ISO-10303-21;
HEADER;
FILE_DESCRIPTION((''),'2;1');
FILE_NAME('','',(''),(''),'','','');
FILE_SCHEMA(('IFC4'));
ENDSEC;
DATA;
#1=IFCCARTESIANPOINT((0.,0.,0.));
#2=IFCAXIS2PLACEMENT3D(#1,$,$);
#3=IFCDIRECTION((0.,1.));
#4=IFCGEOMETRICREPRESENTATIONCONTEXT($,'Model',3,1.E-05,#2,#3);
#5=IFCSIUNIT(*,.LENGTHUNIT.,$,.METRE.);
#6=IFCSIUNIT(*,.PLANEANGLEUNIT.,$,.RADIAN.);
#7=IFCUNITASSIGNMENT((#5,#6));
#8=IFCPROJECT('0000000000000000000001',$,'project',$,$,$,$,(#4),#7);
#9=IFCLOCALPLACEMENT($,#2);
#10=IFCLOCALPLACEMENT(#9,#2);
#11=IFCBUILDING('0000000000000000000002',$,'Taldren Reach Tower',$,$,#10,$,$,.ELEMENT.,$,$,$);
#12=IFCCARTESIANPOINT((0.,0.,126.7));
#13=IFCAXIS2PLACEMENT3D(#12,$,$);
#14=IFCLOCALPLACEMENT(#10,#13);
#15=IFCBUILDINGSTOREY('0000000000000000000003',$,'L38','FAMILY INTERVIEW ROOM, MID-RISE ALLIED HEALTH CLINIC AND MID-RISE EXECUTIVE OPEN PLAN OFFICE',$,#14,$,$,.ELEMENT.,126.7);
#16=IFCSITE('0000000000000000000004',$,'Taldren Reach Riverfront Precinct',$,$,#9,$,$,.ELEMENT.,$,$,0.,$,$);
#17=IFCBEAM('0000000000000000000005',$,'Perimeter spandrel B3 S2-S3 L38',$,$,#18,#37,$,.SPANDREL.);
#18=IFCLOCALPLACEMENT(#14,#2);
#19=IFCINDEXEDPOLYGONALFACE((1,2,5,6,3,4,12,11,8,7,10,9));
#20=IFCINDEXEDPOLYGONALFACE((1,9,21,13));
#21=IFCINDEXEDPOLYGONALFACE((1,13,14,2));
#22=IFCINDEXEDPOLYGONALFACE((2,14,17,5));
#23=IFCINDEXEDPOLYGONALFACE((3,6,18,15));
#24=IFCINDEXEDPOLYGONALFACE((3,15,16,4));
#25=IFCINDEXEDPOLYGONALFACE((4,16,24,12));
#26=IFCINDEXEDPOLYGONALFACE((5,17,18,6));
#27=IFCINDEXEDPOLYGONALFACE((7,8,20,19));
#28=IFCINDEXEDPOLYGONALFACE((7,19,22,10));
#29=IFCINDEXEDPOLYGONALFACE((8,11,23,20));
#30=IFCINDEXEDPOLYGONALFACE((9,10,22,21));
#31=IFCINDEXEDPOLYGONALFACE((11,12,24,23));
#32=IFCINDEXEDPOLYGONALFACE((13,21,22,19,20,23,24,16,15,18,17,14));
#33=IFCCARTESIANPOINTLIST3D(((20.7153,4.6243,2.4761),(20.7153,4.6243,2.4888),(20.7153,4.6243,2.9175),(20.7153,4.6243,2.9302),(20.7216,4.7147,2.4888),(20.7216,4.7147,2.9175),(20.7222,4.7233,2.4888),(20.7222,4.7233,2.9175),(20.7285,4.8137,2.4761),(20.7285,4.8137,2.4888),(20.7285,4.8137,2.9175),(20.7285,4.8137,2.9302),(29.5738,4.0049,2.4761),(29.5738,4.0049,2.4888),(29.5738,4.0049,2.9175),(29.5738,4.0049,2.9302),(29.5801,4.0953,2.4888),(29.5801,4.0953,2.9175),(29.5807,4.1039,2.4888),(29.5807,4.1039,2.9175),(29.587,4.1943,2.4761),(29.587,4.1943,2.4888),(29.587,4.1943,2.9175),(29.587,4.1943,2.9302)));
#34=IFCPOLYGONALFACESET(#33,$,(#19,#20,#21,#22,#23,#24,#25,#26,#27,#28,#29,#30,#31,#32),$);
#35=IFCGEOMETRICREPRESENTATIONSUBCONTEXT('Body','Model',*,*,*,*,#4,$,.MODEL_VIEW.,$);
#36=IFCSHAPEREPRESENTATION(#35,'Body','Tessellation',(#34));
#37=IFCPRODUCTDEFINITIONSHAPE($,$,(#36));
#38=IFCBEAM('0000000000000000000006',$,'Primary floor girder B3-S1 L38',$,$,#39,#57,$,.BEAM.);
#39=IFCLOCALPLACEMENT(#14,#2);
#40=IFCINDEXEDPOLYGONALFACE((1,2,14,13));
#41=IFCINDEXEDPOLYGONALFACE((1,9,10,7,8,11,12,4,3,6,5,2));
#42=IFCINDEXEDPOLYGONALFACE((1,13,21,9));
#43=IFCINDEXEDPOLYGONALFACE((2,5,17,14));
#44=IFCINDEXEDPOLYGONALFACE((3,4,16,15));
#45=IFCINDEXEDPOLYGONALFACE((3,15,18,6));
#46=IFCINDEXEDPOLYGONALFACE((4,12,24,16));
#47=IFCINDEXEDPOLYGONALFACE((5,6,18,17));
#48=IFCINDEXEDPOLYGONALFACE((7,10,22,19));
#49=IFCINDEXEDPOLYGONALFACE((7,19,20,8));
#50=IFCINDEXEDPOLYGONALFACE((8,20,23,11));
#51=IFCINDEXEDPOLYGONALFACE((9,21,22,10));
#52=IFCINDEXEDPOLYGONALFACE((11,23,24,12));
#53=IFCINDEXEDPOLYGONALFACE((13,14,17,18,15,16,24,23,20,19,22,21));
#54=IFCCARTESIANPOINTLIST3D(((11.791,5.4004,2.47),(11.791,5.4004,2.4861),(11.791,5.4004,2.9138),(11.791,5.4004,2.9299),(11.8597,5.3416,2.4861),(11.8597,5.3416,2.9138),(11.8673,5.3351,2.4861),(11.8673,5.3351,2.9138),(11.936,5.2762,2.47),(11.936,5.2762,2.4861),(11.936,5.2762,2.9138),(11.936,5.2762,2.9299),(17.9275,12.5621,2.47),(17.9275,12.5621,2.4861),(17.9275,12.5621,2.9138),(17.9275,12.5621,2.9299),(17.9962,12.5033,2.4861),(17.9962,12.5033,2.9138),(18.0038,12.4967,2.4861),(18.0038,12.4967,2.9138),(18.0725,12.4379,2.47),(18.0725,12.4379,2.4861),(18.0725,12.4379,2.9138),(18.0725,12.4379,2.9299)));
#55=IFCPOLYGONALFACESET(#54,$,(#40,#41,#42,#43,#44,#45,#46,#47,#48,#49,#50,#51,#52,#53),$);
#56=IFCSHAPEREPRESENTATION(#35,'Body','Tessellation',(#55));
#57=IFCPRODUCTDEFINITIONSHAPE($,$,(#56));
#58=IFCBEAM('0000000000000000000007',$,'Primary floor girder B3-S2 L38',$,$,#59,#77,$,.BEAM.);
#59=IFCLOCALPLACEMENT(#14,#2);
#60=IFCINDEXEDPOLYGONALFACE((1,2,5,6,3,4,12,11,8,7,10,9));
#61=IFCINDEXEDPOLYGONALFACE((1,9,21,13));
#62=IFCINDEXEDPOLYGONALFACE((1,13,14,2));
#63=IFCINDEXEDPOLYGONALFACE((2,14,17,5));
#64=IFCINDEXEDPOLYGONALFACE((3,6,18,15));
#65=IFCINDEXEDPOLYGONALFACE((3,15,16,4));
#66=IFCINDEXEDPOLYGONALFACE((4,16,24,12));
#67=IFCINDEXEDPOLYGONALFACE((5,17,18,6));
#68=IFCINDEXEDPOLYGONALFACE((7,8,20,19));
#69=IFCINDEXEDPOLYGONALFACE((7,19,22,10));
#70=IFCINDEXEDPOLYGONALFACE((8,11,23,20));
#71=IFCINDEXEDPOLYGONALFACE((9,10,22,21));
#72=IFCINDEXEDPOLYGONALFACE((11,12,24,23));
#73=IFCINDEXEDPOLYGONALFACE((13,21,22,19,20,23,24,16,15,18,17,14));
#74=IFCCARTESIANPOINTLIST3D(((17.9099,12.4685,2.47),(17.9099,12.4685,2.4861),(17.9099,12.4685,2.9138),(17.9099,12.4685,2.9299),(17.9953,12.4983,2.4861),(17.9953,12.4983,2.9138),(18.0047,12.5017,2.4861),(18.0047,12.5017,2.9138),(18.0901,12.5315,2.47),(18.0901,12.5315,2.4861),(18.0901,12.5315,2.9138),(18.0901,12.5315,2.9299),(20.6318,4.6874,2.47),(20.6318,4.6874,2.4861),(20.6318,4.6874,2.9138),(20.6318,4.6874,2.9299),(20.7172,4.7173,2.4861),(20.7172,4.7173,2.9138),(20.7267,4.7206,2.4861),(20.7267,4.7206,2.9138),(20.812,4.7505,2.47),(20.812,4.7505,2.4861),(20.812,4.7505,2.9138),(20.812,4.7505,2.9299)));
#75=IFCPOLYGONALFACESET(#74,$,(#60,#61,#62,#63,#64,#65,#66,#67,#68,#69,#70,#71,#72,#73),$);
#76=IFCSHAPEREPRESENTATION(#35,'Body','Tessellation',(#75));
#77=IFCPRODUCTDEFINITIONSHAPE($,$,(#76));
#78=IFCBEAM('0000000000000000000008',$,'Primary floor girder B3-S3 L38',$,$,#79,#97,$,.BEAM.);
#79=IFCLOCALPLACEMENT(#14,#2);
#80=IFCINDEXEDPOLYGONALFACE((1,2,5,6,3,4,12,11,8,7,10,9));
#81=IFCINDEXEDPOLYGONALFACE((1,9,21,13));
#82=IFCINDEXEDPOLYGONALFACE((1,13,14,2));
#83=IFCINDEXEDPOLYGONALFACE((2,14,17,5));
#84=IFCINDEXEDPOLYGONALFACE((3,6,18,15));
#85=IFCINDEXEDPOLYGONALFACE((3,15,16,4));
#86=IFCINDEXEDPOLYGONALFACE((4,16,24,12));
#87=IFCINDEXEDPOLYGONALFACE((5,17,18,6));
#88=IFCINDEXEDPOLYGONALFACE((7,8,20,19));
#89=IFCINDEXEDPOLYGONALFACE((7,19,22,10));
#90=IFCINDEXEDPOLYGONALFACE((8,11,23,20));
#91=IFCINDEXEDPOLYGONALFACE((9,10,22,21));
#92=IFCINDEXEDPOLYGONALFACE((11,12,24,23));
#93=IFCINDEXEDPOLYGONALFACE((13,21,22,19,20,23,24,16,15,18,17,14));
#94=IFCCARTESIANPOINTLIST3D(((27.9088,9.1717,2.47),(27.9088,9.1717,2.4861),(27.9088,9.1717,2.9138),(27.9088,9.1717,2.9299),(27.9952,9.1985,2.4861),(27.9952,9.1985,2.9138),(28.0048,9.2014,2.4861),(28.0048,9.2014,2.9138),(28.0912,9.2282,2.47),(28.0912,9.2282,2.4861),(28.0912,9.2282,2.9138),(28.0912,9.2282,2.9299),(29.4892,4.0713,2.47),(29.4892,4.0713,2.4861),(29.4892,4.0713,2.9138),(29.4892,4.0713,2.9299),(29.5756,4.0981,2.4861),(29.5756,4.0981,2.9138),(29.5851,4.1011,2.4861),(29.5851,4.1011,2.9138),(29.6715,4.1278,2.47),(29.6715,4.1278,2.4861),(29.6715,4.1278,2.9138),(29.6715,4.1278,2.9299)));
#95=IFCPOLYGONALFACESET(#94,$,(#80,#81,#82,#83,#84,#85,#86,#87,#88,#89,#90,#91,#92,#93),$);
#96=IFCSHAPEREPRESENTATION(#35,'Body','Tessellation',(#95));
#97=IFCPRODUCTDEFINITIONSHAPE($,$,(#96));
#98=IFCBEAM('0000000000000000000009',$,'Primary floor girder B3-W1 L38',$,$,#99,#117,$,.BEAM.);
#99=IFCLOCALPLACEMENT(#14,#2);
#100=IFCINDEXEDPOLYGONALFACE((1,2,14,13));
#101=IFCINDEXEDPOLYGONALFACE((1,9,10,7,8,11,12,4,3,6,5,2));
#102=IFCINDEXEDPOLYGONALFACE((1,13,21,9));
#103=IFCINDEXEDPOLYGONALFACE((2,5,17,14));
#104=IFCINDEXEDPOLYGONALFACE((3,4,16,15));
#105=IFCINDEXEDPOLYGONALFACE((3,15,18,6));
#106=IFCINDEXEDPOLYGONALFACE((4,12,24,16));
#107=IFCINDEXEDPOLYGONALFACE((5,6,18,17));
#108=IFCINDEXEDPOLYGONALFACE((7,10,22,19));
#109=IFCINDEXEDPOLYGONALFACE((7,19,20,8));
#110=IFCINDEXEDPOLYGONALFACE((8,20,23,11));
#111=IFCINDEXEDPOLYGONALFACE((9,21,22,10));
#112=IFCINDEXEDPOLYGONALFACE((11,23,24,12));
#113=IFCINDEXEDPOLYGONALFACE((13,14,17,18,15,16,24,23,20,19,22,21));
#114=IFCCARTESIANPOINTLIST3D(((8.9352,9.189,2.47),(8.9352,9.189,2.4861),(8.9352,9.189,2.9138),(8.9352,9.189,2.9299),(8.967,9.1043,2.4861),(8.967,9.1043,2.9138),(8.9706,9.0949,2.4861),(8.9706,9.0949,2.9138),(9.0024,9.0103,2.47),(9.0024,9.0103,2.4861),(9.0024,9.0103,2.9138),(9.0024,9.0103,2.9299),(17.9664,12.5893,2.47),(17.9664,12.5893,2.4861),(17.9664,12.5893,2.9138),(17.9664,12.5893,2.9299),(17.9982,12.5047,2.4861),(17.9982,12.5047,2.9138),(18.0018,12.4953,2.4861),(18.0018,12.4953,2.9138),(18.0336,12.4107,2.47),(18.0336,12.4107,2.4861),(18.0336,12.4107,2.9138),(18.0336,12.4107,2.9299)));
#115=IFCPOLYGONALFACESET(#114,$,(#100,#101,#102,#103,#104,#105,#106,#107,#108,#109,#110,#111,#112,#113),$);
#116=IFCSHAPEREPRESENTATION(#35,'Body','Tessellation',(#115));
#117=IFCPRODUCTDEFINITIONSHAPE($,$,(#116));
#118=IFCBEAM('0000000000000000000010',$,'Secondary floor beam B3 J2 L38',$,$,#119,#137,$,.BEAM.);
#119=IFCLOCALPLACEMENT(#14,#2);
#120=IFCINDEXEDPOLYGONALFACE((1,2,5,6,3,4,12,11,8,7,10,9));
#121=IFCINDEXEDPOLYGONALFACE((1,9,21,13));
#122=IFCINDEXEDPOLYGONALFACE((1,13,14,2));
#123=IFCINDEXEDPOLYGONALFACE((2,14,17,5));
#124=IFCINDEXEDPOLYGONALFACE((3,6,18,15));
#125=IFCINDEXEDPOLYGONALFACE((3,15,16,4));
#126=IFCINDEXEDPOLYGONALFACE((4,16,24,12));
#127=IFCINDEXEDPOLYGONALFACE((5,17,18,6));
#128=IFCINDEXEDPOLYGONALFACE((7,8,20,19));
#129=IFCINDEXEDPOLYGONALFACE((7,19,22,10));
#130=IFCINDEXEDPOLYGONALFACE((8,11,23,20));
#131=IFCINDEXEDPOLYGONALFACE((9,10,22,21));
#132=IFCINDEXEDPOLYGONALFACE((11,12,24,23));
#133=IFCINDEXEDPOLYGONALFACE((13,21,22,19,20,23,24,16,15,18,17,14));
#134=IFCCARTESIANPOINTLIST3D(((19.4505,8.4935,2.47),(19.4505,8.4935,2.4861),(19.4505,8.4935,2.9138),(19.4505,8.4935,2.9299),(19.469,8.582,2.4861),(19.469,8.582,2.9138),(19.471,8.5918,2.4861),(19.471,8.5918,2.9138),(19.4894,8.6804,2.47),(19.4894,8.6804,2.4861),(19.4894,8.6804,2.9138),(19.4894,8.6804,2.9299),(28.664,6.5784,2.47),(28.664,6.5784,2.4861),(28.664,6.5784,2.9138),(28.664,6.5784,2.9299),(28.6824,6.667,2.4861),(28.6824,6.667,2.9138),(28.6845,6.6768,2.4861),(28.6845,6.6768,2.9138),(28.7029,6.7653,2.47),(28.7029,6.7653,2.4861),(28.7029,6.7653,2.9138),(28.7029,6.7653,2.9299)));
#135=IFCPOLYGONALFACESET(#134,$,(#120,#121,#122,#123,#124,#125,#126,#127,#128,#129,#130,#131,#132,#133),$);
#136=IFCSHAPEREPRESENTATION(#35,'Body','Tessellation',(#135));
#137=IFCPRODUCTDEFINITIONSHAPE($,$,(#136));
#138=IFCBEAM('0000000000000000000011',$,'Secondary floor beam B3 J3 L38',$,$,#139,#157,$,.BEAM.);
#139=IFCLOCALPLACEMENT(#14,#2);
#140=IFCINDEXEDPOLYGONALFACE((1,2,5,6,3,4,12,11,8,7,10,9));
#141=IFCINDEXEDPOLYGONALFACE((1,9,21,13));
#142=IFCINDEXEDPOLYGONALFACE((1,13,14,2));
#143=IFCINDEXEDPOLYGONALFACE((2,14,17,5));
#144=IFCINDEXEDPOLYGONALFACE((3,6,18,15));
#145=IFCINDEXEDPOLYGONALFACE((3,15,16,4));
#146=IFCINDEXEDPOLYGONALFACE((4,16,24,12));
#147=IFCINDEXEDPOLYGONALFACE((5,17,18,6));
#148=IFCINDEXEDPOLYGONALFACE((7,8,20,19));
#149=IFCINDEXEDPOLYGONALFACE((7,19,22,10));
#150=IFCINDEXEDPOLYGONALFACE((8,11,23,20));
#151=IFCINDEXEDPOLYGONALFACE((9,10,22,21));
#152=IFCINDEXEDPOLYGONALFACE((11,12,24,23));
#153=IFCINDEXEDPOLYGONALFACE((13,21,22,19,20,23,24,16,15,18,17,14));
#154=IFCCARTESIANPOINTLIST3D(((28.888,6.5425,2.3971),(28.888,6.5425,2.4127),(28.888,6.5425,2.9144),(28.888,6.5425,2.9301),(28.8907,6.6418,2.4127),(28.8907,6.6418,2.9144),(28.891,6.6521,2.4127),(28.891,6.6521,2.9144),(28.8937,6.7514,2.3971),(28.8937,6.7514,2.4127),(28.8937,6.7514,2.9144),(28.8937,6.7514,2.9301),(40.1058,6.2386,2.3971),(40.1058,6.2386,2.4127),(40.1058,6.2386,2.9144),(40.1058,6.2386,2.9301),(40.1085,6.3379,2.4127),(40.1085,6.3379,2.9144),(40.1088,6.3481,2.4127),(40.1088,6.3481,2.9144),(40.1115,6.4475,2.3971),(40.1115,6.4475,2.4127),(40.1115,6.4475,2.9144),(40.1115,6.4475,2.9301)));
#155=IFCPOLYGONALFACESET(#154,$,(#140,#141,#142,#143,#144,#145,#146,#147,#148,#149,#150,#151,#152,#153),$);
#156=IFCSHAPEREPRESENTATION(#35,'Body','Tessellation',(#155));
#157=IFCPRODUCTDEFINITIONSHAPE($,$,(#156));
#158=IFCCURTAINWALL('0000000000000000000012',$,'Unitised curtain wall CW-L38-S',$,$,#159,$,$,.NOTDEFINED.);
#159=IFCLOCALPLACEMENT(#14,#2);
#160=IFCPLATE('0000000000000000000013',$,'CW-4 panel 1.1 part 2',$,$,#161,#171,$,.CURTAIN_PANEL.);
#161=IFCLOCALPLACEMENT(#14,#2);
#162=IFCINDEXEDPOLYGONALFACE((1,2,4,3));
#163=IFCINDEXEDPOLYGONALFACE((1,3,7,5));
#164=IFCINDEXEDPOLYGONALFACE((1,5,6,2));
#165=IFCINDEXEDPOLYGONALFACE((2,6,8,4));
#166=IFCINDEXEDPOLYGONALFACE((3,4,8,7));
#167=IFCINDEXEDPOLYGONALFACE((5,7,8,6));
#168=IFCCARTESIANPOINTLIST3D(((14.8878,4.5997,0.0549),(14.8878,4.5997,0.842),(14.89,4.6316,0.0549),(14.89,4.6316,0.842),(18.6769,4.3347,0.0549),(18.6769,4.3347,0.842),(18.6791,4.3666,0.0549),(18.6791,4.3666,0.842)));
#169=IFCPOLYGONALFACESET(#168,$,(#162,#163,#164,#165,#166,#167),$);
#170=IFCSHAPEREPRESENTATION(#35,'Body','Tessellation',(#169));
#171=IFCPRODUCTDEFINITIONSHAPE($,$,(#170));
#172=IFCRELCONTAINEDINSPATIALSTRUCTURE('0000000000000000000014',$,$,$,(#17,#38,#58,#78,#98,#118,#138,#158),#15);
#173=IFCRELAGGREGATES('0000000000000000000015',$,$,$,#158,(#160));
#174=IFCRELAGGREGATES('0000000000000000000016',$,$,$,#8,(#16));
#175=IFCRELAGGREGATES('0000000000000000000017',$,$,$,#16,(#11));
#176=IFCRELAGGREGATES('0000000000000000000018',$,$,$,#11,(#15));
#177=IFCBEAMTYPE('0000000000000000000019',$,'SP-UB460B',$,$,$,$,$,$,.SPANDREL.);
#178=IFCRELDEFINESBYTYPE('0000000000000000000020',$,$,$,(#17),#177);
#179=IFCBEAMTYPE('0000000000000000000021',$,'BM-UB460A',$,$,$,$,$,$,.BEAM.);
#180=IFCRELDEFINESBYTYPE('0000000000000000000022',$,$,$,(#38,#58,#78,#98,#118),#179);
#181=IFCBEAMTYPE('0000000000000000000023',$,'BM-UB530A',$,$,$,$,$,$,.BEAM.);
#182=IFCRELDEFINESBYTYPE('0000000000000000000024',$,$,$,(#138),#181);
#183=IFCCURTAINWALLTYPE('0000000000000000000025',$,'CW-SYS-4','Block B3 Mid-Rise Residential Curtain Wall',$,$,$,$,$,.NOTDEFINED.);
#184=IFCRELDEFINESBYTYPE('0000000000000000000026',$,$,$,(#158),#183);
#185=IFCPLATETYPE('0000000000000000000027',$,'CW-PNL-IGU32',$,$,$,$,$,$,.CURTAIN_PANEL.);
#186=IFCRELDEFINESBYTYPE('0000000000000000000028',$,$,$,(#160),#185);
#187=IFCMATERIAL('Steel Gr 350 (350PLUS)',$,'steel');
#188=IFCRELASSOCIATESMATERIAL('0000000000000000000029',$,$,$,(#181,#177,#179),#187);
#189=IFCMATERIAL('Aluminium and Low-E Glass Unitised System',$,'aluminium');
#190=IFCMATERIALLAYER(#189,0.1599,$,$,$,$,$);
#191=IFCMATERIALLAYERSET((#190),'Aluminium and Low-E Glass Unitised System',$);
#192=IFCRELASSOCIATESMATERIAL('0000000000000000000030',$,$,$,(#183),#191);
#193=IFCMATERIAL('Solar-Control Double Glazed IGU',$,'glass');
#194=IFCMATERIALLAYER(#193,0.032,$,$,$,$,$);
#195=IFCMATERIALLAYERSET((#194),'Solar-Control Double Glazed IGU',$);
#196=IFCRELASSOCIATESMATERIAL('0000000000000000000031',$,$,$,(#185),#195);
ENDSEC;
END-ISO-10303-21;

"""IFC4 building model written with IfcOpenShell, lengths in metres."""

from ifc_helpers import new_model, si_unit, direction, frame, origin, origin_2d, place, context, subcontext, project, spatial, rectangle, i_section, extrude, source, transform, mapped, material, layer, layer_set, material_profile, profile_set, type_object, element, aggregate, save


model = new_model("IFC4")

# Units and contexts
model_context = context("Model", 3, precision=1e-05, world=origin(), true_north=direction((0.0, 1.0)))
body_context = subcontext(model_context, "Body", "Model", "MODEL_VIEW")
ifc_project = project(units=[si_unit("LENGTHUNIT", "METRE"), si_unit("PLANEANGLEUNIT", "RADIAN")], contexts=[model_context])

# Site, building, storey
site_placement = place(None, origin())
site = spatial("IfcSite", under=ifc_project, at=site_placement, Name="Taldren Reach Riverfront Precinct", CompositionType="ELEMENT", RefElevation=0.0)
building_placement = place(site_placement, origin())
building = spatial("IfcBuilding", under=site, at=building_placement, Name="Taldren Reach Tower", CompositionType="ELEMENT")
storey_placement = place(building_placement, frame((0.0, 0.0, 126.7)))
storey = spatial("IfcBuildingStorey", under=building, at=storey_placement, Name="L38", Description="FAMILY INTERVIEW ROOM, MID-RISE ALLIED HEALTH CLINIC AND MID-RISE EXECUTIVE OPEN PLAN OFFICE", CompositionType="ELEMENT", Elevation=126.7)

# Shared definitions
ifc_material_1 = material(Name="Steel Gr 350 (350PLUS)", Category="steel")

# Shared definitions
ifc_material_profile_1 = material_profile(ifc_material_1, i_section(OverallWidth=0.209, OverallDepth=0.533, WebThickness=0.0103, FlangeThickness=0.0156, at=origin_2d()), Name="530UB92.4")
ifc_profile_set_1 = profile_set([ifc_material_profile_1], Name="Steel Gr 350 (350PLUS)")
beam_type_1 = type_object("IfcBeamType", Name="BM-UB530A", PredefinedType="BEAM", material=ifc_profile_set_1)

# Beams
ifc_material_profile_2 = material_profile(ifc_material_1, i_section(OverallWidth=0.1899, OverallDepth=0.4541, WebThickness=0.0085, FlangeThickness=0.0127, at=origin_2d()), Name="460UB67.1")
ifc_profile_set_2 = profile_set([ifc_material_profile_2], Name="Steel Gr 350 (350PLUS)")
beam_type_2 = type_object("IfcBeamType", Name="SP-UB460B", PredefinedType="SPANDREL", material=ifc_profile_set_2)
shared_shape_1 = source(origin(), body_context, "Body", "SweptSolid", [
    extrude(i_section(OverallWidth=0.1899, OverallDepth=0.4541, WebThickness=0.0085, FlangeThickness=0.0127, at=origin_2d()), origin(), (0.0, 0.0, 1.0), 8.8801),
])
beam_1_placement = place(storey_placement, frame((20.7219, 4.719, 2.7031), z_axis=(0.997564, -0.06975, 0.0), x_axis=(0.06975, 0.997564, 0.0)))
element("IfcBeam", 1, at=beam_1_placement, inside=storey, type_object=beam_type_2, Name="Perimeter spandrel B3 S2-S3 L38", PredefinedType="SPANDREL", context=body_context, shape_type="MappedRepresentation", body=[
    mapped(shared_shape_1, transform((0.0, 0.0, 0.0), scale=1.0)),
])
ifc_material_profile_3 = material_profile(ifc_material_1, i_section(OverallWidth=0.1909, OverallDepth=0.46, WebThickness=0.01, FlangeThickness=0.0161, at=origin_2d()), Name="460UB82.1")
ifc_profile_set_3 = profile_set([ifc_material_profile_3], Name="Steel Gr 350 (350PLUS)")
beam_type_3 = type_object("IfcBeamType", Name="BM-UB460A", PredefinedType="BEAM", material=ifc_profile_set_3)
shared_shape_2 = source(origin(), body_context, "Body", "SweptSolid", [
    extrude(i_section(OverallWidth=0.1909, OverallDepth=0.46, WebThickness=0.01, FlangeThickness=0.0161, at=origin_2d()), origin(), (0.0, 0.0, 1.0), 9.4312),
])
beam_2_placement = place(storey_placement, frame((18.0, 12.5, 2.7), z_axis=(-0.650666, -0.759364, 0.0), x_axis=(0.759364, -0.650666, 0.0)))
element("IfcBeam", 2, at=beam_2_placement, inside=storey, type_object=beam_type_3, Name="Primary floor girder B3-S1 L38", PredefinedType="BEAM", context=body_context, shape_type="MappedRepresentation", body=[
    mapped(shared_shape_2, transform((0.0, 0.0, 0.0), scale=1.0)),
])
shared_shape_3 = source(origin(), body_context, "Body", "SweptSolid", [
    extrude(i_section(OverallWidth=0.1909, OverallDepth=0.46, WebThickness=0.01, FlangeThickness=0.0161, at=origin_2d()), origin(), (0.0, 0.0, 1.0), 8.2434),
])
beam_3_placement = place(storey_placement, frame((18.0, 12.5, 2.7), z_axis=(0.330196, -0.943912, 0.0), x_axis=(0.943912, 0.330196, 0.0)))
element("IfcBeam", 3, at=beam_3_placement, inside=storey, type_object=beam_type_3, Name="Primary floor girder B3-S2 L38", PredefinedType="BEAM", context=body_context, shape_type="MappedRepresentation", body=[
    mapped(shared_shape_3, transform((0.0, 0.0, 0.0), scale=1.0)),
])
shared_shape_4 = source(origin(), body_context, "Body", "SweptSolid", [
    extrude(i_section(OverallWidth=0.1909, OverallDepth=0.46, WebThickness=0.01, FlangeThickness=0.0161, at=origin_2d()), origin(), (0.0, 0.0, 1.0), 5.3396),
])
beam_4_placement = place(storey_placement, frame((28.0, 9.2, 2.7), z_axis=(0.295965, -0.955199, 0.0), x_axis=(0.955199, 0.295965, 0.0)))
element("IfcBeam", 4, at=beam_4_placement, inside=storey, type_object=beam_type_3, Name="Primary floor girder B3-S3 L38", PredefinedType="BEAM", context=body_context, shape_type="MappedRepresentation", body=[
    mapped(shared_shape_4, transform((0.0, 0.0, 0.0), scale=1.0)),
])
shared_shape_5 = source(origin(), body_context, "Body", "SweptSolid", [
    extrude(i_section(OverallWidth=0.1909, OverallDepth=0.46, WebThickness=0.01, FlangeThickness=0.0161, at=origin_2d()), origin(), (0.0, 0.0, 1.0), 9.6501),
])
beam_5_placement = place(storey_placement, frame((18.0, 12.5, 2.7), z_axis=(-0.935863, -0.352365, 0.0), x_axis=(0.352365, -0.935863, 0.0)))
element("IfcBeam", 5, at=beam_5_placement, inside=storey, type_object=beam_type_3, Name="Primary floor girder B3-W1 L38", PredefinedType="BEAM", context=body_context, shape_type="MappedRepresentation", body=[
    mapped(shared_shape_5, transform((0.0, 0.0, 0.0), scale=1.0)),
])
shared_shape_6 = source(origin(), body_context, "Body", "SweptSolid", [
    extrude(i_section(OverallWidth=0.1909, OverallDepth=0.46, WebThickness=0.01, FlangeThickness=0.0161, at=origin_2d()), origin(), (0.0, 0.0, 1.0), 9.4104),
])
beam_6_placement = place(storey_placement, frame((19.47, 8.5869, 2.7), z_axis=(0.979074, -0.203505, 0.0), x_axis=(0.203505, 0.979074, 0.0)))
element("IfcBeam", 6, at=beam_6_placement, inside=storey, type_object=beam_type_3, Name="Secondary floor beam B3 J2 L38", PredefinedType="BEAM", context=body_context, shape_type="MappedRepresentation", body=[
    mapped(shared_shape_6, transform((0.0, 0.0, 0.0), scale=1.0)),
])
shared_shape_7 = source(origin(), body_context, "Body", "SweptSolid", [
    extrude(i_section(OverallWidth=0.209, OverallDepth=0.533, WebThickness=0.0103, FlangeThickness=0.0156, at=origin_2d()), origin(), (0.0, 0.0, 1.0), 11.2219),
])
beam_7_placement = place(storey_placement, frame((28.8909, 6.647, 2.6636), z_axis=(0.999633, -0.027086, 0.0), x_axis=(0.027086, 0.999633, 0.0)))
element("IfcBeam", 7, at=beam_7_placement, inside=storey, type_object=beam_type_1, Name="Secondary floor beam B3 J3 L38", PredefinedType="BEAM", context=body_context, shape_type="MappedRepresentation", body=[
    mapped(shared_shape_7, transform((0.0, 0.0, 0.0), scale=1.0)),
])

# Curtain wall, plate
ifc_material_2 = material(Name="Aluminium and Low-E Glass Unitised System", Category="aluminium")
ifc_layer_1 = layer(ifc_material_2, 0.1599)
ifc_layer_set_1 = layer_set([ifc_layer_1], Name="Aluminium and Low-E Glass Unitised System")
curtain_wall_type = type_object("IfcCurtainWallType", Name="CW-SYS-4", Description="Block B3 Mid-Rise Residential Curtain Wall", PredefinedType="NOTDEFINED", material=ifc_layer_set_1)
curtain_wall_placement = place(storey_placement, origin())
curtain_wall = element("IfcCurtainWall", 8, at=curtain_wall_placement, inside=storey, type_object=curtain_wall_type, Name="Unitised curtain wall CW-L38-S", PredefinedType="NOTDEFINED")
ifc_material_3 = material(Name="Solar-Control Double Glazed IGU", Category="glass")
ifc_layer_2 = layer(ifc_material_3, 0.032)
ifc_layer_set_2 = layer_set([ifc_layer_2], Name="Solar-Control Double Glazed IGU")
plate_type = type_object("IfcPlateType", Name="CW-PNL-IGU32", PredefinedType="CURTAIN_PANEL", material=ifc_layer_set_2)
shared_shape_8 = source(origin(), body_context, "Body", "SweptSolid", [
    extrude(rectangle(XDim=3.7983, YDim=0.032, at=origin_2d()), origin(), (0.0, 0.0, 1.0), 0.7871),
])
plate_1_placement = place(storey_placement, frame((16.7834, 4.4832, 0.0549), z_axis=(0.0, 0.0, 1.0), x_axis=(0.997564, -0.069757, 0.0)))
plate_1 = element("IfcPlate", 9, at=plate_1_placement, type_object=plate_type, Name="CW-4 panel 1.1 part 2", PredefinedType="CURTAIN_PANEL", context=body_context, shape_type="MappedRepresentation", body=[
    mapped(shared_shape_8, transform((0.0, 0.0, 0.0), scale=1.0)),
])
aggregate(curtain_wall, [plate_1])

save(model, "model.ifc")
